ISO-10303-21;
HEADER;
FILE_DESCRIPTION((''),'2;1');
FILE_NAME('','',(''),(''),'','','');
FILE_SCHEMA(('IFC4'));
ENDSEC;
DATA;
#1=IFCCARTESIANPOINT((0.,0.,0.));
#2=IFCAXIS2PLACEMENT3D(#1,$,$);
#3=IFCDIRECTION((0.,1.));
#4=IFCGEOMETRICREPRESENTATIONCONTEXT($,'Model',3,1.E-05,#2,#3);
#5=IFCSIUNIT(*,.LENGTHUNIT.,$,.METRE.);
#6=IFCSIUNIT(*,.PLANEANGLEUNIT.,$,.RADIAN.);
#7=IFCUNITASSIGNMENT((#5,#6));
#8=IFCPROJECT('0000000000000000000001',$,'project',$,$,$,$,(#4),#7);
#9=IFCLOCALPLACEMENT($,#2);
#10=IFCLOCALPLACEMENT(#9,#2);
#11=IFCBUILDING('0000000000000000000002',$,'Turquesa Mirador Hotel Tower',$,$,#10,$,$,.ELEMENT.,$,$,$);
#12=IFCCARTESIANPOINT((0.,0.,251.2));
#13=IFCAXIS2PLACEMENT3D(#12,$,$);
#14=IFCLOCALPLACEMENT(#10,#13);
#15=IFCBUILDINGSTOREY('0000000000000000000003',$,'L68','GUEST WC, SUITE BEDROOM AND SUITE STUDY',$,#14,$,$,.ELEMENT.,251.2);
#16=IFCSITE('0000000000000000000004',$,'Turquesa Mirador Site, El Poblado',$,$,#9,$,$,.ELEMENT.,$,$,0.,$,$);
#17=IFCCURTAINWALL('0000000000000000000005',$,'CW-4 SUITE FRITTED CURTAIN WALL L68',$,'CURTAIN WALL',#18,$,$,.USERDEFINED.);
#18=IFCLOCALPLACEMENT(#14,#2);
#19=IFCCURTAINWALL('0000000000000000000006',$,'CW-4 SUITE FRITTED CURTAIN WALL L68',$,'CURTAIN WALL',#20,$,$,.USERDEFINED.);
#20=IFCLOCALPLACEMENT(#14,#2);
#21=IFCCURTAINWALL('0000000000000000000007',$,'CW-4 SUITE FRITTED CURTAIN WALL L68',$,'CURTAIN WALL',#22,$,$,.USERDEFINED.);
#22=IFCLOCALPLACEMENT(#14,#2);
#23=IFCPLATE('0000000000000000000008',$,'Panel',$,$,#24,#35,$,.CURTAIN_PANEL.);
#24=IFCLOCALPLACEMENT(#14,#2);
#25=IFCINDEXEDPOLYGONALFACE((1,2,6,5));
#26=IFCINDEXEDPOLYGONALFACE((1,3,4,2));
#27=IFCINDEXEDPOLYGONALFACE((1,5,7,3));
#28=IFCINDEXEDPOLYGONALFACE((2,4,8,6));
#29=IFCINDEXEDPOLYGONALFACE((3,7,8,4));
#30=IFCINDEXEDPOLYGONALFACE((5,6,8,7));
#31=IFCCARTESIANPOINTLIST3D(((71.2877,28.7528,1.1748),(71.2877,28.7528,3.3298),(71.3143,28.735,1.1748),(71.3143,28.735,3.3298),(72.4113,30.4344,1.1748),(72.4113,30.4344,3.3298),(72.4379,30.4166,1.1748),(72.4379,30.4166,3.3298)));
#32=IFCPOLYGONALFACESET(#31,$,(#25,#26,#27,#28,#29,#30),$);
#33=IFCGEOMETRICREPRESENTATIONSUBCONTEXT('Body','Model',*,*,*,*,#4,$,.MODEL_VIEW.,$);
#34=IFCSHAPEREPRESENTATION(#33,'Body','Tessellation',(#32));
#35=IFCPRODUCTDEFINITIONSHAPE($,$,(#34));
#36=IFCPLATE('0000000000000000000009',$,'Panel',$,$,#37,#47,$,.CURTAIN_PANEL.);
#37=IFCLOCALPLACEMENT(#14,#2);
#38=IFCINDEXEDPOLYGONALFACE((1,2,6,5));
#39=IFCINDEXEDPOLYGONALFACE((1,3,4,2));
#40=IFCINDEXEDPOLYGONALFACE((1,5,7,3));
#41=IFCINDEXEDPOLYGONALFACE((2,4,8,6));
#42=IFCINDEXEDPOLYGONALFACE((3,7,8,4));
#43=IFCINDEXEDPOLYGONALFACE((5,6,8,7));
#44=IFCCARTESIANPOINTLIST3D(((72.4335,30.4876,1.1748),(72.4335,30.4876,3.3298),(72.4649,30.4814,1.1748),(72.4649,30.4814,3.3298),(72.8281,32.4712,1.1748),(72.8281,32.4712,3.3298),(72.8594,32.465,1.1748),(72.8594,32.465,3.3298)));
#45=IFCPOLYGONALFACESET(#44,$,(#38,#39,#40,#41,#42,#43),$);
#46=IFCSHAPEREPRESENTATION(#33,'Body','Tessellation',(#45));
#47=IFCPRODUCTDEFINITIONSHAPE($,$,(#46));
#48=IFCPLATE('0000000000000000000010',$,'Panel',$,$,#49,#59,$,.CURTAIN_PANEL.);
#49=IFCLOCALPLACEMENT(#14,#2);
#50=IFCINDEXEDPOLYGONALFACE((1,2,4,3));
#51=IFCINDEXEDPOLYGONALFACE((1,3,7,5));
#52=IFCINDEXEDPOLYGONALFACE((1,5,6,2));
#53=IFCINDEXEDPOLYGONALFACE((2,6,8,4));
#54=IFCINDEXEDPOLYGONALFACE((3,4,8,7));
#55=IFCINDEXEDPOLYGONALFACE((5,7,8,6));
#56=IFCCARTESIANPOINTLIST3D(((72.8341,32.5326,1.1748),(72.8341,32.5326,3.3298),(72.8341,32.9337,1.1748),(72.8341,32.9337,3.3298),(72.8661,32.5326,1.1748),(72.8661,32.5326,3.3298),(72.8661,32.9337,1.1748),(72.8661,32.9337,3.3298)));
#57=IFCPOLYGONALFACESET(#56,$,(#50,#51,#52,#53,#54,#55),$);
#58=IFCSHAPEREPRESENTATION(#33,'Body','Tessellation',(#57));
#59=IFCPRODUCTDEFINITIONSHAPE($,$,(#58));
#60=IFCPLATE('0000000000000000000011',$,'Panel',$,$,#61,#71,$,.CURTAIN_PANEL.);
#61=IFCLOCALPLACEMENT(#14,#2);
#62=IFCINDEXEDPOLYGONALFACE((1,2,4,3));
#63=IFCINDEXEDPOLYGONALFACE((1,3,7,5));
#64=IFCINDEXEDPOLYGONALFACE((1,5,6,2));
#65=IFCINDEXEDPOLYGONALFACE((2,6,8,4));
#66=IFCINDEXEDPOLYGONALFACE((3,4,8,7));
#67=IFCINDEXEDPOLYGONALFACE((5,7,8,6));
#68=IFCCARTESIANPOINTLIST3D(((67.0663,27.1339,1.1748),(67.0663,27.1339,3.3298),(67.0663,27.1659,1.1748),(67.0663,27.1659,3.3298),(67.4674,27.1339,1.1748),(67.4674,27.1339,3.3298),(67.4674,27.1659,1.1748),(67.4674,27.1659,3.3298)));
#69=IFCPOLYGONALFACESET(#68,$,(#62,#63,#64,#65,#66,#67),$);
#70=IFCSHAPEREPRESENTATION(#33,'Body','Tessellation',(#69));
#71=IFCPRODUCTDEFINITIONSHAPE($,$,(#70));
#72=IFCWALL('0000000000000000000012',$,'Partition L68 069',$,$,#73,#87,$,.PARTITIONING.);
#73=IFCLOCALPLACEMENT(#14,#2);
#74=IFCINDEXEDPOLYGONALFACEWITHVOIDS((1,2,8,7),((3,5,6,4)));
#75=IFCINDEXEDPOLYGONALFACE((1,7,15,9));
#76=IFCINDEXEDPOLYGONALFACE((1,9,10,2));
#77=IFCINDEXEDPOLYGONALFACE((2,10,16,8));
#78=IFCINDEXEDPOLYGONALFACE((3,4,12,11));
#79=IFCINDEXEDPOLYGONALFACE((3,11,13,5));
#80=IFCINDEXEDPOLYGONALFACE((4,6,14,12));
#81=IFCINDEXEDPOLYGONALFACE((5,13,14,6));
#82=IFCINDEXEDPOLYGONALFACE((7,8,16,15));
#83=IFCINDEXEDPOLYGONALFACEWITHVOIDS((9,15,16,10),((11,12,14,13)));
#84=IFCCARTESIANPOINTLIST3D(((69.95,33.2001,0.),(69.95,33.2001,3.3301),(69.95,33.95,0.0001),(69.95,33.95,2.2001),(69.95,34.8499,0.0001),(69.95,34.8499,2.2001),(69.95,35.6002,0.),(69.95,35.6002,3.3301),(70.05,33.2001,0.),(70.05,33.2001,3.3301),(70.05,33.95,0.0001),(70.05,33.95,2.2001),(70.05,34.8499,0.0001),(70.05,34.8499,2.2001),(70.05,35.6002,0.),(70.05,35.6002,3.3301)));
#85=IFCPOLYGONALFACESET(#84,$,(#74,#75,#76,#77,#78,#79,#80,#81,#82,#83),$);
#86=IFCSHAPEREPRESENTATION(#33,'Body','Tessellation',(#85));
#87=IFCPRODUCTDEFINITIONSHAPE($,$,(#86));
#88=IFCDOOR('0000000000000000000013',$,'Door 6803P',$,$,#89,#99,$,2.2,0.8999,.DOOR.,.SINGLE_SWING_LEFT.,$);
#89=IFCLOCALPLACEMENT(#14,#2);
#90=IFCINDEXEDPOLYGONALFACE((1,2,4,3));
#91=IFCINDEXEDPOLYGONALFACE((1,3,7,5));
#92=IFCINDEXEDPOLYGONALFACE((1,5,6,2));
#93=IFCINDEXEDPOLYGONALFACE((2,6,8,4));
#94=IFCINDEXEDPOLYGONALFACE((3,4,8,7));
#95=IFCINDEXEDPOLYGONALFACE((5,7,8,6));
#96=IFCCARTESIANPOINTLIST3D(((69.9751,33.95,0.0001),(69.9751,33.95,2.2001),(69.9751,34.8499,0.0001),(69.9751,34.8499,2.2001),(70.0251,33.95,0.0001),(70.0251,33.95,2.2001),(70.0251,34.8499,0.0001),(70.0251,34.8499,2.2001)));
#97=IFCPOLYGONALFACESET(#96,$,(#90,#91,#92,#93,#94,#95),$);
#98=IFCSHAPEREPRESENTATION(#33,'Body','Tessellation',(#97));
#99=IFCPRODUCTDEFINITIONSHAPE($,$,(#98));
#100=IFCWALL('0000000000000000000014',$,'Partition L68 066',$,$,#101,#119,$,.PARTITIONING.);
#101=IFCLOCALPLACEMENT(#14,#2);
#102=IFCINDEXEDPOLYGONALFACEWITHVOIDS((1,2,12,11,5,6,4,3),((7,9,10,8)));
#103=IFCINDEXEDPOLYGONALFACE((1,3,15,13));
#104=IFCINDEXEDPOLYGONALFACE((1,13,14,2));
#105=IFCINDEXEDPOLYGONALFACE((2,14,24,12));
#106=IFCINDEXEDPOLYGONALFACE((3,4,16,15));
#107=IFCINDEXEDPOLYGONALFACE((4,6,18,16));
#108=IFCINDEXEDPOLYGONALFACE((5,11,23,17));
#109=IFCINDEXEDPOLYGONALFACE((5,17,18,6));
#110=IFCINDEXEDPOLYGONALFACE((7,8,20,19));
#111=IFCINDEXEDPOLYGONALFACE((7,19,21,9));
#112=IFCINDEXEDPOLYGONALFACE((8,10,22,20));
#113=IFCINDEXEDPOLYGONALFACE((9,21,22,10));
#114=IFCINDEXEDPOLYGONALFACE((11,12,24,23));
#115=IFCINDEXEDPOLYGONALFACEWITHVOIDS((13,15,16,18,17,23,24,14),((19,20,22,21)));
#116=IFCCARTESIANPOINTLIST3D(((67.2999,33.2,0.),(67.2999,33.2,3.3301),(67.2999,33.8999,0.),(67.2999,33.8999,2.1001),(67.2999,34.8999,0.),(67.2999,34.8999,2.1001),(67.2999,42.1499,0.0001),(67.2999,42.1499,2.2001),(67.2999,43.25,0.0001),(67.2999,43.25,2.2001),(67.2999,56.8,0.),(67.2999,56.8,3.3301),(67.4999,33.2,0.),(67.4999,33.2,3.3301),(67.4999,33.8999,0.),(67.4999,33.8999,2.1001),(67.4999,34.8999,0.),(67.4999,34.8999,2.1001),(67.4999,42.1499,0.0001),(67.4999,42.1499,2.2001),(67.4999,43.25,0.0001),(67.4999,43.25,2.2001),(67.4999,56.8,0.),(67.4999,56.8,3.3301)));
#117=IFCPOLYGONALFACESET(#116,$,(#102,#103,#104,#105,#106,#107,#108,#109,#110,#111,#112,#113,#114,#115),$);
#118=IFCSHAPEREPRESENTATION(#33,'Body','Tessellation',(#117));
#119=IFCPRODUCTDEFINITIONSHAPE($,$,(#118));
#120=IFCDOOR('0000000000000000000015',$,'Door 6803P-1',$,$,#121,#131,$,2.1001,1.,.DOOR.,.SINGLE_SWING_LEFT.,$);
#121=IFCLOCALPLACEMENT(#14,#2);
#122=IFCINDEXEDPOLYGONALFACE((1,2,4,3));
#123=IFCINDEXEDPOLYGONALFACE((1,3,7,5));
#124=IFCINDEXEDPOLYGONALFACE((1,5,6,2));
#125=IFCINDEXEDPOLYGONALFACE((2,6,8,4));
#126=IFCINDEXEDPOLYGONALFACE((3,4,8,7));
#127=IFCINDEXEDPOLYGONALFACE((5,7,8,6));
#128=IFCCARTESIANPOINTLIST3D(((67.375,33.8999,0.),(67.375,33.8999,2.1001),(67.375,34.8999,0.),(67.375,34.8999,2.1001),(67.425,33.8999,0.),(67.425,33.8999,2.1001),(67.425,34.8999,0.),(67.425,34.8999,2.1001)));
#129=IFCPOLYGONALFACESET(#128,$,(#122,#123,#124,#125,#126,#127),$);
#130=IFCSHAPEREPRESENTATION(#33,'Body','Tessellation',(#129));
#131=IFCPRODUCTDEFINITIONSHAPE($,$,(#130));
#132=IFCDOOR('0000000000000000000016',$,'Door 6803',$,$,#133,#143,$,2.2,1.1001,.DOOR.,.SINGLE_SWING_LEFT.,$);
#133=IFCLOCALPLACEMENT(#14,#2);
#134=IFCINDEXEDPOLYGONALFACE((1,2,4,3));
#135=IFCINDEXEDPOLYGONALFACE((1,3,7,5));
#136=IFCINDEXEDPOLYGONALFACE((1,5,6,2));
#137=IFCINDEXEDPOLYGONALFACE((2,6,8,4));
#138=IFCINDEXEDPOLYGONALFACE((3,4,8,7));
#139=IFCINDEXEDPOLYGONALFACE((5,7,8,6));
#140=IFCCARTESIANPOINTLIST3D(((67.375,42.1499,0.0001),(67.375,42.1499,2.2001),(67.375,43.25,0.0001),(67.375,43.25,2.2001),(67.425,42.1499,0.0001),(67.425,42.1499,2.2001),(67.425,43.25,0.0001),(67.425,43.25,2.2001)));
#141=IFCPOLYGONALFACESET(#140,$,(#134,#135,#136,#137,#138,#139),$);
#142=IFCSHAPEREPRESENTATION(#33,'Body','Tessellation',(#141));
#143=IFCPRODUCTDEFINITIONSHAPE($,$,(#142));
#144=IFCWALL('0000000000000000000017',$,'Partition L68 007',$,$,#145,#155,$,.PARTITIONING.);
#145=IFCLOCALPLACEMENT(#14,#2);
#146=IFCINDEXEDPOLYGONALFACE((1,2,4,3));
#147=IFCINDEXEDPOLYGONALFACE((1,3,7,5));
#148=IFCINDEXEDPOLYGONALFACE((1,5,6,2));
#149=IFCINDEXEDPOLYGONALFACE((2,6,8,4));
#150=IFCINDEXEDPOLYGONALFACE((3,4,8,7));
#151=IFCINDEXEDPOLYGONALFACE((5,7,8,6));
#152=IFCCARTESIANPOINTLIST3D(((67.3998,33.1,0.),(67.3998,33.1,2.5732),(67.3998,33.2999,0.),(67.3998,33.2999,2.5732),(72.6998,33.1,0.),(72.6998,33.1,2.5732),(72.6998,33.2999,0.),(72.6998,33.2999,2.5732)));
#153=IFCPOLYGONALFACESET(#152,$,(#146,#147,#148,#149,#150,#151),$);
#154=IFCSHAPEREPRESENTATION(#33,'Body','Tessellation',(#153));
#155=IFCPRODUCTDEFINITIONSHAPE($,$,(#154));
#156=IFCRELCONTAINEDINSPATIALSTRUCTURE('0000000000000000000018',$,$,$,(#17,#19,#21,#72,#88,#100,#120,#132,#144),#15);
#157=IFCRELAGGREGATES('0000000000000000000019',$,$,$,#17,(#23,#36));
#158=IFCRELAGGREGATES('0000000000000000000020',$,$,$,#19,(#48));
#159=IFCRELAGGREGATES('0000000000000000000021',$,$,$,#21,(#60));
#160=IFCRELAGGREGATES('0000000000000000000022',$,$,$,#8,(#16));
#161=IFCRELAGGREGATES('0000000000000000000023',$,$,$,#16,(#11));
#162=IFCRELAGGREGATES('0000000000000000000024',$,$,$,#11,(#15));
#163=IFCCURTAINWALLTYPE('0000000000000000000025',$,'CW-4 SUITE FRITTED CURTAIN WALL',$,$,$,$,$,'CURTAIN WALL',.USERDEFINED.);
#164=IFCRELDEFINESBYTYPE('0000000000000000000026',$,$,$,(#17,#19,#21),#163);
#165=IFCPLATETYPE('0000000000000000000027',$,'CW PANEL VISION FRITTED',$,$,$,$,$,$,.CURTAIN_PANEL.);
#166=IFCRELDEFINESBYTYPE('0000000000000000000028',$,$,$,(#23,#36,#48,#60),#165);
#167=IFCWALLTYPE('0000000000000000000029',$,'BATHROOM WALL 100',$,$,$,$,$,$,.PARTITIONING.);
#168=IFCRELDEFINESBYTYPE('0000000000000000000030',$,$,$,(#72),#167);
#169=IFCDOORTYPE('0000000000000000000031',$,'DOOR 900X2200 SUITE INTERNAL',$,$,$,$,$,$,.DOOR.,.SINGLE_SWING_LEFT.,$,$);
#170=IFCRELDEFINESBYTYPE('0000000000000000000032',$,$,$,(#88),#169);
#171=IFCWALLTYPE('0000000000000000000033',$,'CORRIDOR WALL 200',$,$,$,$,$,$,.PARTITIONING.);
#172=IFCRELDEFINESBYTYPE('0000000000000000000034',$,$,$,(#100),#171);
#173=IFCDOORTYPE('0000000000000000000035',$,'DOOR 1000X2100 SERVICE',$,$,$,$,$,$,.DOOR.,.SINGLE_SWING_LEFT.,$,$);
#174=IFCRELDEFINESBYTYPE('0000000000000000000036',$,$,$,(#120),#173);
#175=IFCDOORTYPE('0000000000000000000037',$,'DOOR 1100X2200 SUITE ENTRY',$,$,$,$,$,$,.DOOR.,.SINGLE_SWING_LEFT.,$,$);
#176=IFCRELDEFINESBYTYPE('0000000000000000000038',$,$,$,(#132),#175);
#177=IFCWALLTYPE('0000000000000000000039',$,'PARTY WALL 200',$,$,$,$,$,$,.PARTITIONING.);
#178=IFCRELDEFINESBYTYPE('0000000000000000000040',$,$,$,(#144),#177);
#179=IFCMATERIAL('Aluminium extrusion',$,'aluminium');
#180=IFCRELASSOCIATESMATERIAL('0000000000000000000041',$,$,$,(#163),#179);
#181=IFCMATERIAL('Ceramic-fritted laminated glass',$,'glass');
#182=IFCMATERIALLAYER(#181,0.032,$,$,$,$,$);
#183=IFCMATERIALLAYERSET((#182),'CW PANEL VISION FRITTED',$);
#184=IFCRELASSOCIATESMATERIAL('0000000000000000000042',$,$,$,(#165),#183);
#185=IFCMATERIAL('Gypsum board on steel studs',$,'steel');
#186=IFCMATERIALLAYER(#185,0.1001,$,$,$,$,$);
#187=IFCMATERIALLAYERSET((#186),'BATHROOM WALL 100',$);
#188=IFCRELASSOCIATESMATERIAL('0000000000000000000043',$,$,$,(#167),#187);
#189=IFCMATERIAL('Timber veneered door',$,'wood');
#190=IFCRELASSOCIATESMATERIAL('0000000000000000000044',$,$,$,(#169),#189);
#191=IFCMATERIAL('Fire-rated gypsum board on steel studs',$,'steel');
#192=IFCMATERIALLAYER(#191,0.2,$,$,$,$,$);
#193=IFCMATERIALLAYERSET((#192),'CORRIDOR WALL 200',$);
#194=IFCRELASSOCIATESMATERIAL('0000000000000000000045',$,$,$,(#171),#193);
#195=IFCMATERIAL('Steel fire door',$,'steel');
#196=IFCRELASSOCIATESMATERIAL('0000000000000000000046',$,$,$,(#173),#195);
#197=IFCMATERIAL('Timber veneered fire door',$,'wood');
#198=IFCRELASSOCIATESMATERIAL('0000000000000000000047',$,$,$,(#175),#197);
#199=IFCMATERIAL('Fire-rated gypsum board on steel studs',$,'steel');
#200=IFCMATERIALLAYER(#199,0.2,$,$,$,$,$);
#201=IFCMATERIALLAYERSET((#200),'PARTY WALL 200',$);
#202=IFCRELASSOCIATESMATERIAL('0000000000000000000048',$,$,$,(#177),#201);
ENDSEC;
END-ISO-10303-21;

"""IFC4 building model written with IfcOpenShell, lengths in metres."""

from ifc_helpers import new_model, si_unit, direction, frame, frame_2d, origin, origin_2d, place, context, subcontext, project, spatial, rectangle, extrude, material, layer, layer_set, type_object, element, fill, aggregate, save


model = new_model("IFC4")

# Units and contexts
model_context = context("Model", 3, precision=1e-05, world=origin(), true_north=direction((0.0, 1.0)))
body_context = subcontext(model_context, "Body", "Model", "MODEL_VIEW")
ifc_project = project(units=[si_unit("LENGTHUNIT", "METRE"), si_unit("PLANEANGLEUNIT", "RADIAN")], contexts=[model_context])

# Site, building, storey
site_placement = place(None, origin())
site = spatial("IfcSite", under=ifc_project, at=site_placement, Name="Turquesa Mirador Site, El Poblado", CompositionType="ELEMENT", RefElevation=0.0)
building_placement = place(site_placement, origin())
building = spatial("IfcBuilding", under=site, at=building_placement, Name="Turquesa Mirador Hotel Tower", CompositionType="ELEMENT")
storey_placement = place(building_placement, frame((0.0, 0.0, 251.2)))
storey = spatial("IfcBuildingStorey", under=building, at=storey_placement, Name="L68", Description="GUEST WC, SUITE BEDROOM AND SUITE STUDY", CompositionType="ELEMENT", Elevation=251.2)

# Curtain walls
ifc_material_1 = material(Name="Aluminium extrusion", Category="aluminium")
curtain_wall_type = type_object("IfcCurtainWallType", Name="CW-4 SUITE FRITTED CURTAIN WALL", ElementType="CURTAIN WALL", PredefinedType="USERDEFINED", material=ifc_material_1)
curtain_wall_1_placement = place(storey_placement, origin())
curtain_wall_1 = element("IfcCurtainWall", 1, at=curtain_wall_1_placement, inside=storey, type_object=curtain_wall_type, Name="CW-4 SUITE FRITTED CURTAIN WALL L68", ObjectType="CURTAIN WALL", PredefinedType="USERDEFINED")
curtain_wall_2_placement = place(storey_placement, origin())
curtain_wall_2 = element("IfcCurtainWall", 2, at=curtain_wall_2_placement, inside=storey, type_object=curtain_wall_type, Name="CW-4 SUITE FRITTED CURTAIN WALL L68", ObjectType="CURTAIN WALL", PredefinedType="USERDEFINED")

# Curtain wall
curtain_wall_3_placement = place(storey_placement, origin())
curtain_wall_3 = element("IfcCurtainWall", 3, at=curtain_wall_3_placement, inside=storey, type_object=curtain_wall_type, Name="CW-4 SUITE FRITTED CURTAIN WALL L68", ObjectType="CURTAIN WALL", PredefinedType="USERDEFINED")

# Plates
ifc_material_2 = material(Name="Ceramic-fritted laminated glass", Category="glass")
ifc_layer_1 = layer(ifc_material_2, 0.032)
ifc_layer_set_1 = layer_set([ifc_layer_1], Name="CW PANEL VISION FRITTED")
plate_type_1 = type_object("IfcPlateType", Name="CW PANEL VISION FRITTED", PredefinedType="CURTAIN_PANEL", material=ifc_layer_set_1)
plate_1_placement = place(storey_placement, frame((71.8628, 29.5847, 1.1748), z_axis=(0.0, 0.0, 1.0), x_axis=(0.55557, 0.83147, 0.0)))
plate_1 = element("IfcPlate", 4, at=plate_1_placement, type_object=plate_type_1, Name="Panel", PredefinedType="CURTAIN_PANEL", context=body_context, shape_type="SweptSolid", body=[
    extrude(rectangle(XDim=2.0225, YDim=0.032, at=origin_2d()), origin(), (0.0, 0.0, 1.0), 2.155),
])
plate_2_placement = place(storey_placement, frame((72.6465, 31.4763, 1.1748), z_axis=(0.0, 0.0, 1.0), x_axis=(0.195091, 0.980785, 0.0)))
plate_2 = element("IfcPlate", 5, at=plate_2_placement, type_object=plate_type_1, Name="Panel", PredefinedType="CURTAIN_PANEL", context=body_context, shape_type="SweptSolid", body=[
    extrude(rectangle(XDim=2.0225, YDim=0.032, at=origin_2d()), origin(), (0.0, 0.0, 1.0), 2.155),
])
aggregate(curtain_wall_1, [plate_1, plate_2])
plate_3_placement = place(storey_placement, frame((72.8501, 32.7332, 1.1748), z_axis=(0.0, 0.0, 1.0), x_axis=(0.0, 1.0, 0.0)))
plate_3 = element("IfcPlate", 6, at=plate_3_placement, type_object=plate_type_1, Name="Panel", PredefinedType="CURTAIN_PANEL", context=body_context, shape_type="SweptSolid", body=[
    extrude(rectangle(XDim=0.4011, YDim=0.032, at=origin_2d()), origin(), (0.0, 0.0, 1.0), 2.155),
])
aggregate(curtain_wall_2, [plate_3])
plate_4_placement = place(storey_placement, frame((67.2668, 27.1499, 1.1748), z_axis=(0.0, 0.0, 1.0), x_axis=(1.0, 0.0, 0.0)))
plate_4 = element("IfcPlate", 7, at=plate_4_placement, type_object=plate_type_1, Name="Panel", PredefinedType="CURTAIN_PANEL", context=body_context, shape_type="SweptSolid", body=[
    extrude(rectangle(XDim=0.4011, YDim=0.032, at=origin_2d()), origin(), (0.0, 0.0, 1.0), 2.155),
])
aggregate(curtain_wall_3, [plate_4])

# Wall, opening, door
ifc_material_3 = material(Name="Gypsum board on steel studs", Category="steel")
ifc_layer_2 = layer(ifc_material_3, 0.1001)
ifc_layer_set_2 = layer_set([ifc_layer_2], Name="BATHROOM WALL 100")
wall_type_1 = type_object("IfcWallType", Name="BATHROOM WALL 100", PredefinedType="PARTITIONING", material=ifc_layer_set_2)
wall_1_placement = place(storey_placement, frame((70.0, 33.2, 0.0), z_axis=(0.0, 0.0, 1.0), x_axis=(0.0, 1.0, 0.0)))
wall_1 = element("IfcWall", 8, at=wall_1_placement, inside=storey, type_object=wall_type_1, Name="Partition L68 069", PredefinedType="PARTITIONING", context=body_context, shape_type="SweptSolid", body=[
    extrude(rectangle(XDim=2.4001, YDim=0.1001, at=frame_2d((1.2002, 0.0))), origin(), (0.0, 0.0, 1.0), 3.3301),
])
opening_1_placement = place(wall_1_placement, frame((0.75, 0.0, 0.0)))
opening_1 = element("IfcOpeningElement", 9, at=opening_1_placement, cuts=wall_1, PredefinedType="OPENING", context=body_context, shape_type="SweptSolid", body=[
    extrude(rectangle(XDim=0.8999, YDim=2.2, at=frame_2d((0.45, 1.1001))), frame((0.0, 0.0601, 0.0), z_axis=(0.0, -1.0, 0.0), x_axis=(1.0, 0.0, 0.0)), (0.0, 0.0, 1.0), 0.1201),
])
ifc_material_4 = material(Name="Timber veneered door", Category="wood")
door_type_1 = type_object("IfcDoorType", Name="DOOR 900X2200 SUITE INTERNAL", OperationType="SINGLE_SWING_LEFT", PredefinedType="DOOR", material=ifc_material_4)
door_1_placement = place(opening_1_placement, origin())
door_1 = element("IfcDoor", 10, at=door_1_placement, inside=storey, type_object=door_type_1, Name="Door 6803P", OperationType="SINGLE_SWING_LEFT", OverallHeight=2.2, OverallWidth=0.8999, PredefinedType="DOOR", context=body_context, shape_type="SweptSolid", body=[
    extrude(rectangle(XDim=0.8999, YDim=2.2, at=frame_2d((0.45, 1.1001))), frame((0.0, 0.0249, 0.0), z_axis=(0.0, -1.0, 0.0), x_axis=(1.0, 0.0, 0.0)), (0.0, 0.0, 1.0), 0.05),
])
fill(opening_1, door_1)

# Wall, openings, doors
ifc_material_5 = material(Name="Fire-rated gypsum board on steel studs", Category="steel")
ifc_layer_3 = layer(ifc_material_5, 0.2)
ifc_layer_set_3 = layer_set([ifc_layer_3], Name="CORRIDOR WALL 200")
wall_type_2 = type_object("IfcWallType", Name="CORRIDOR WALL 200", PredefinedType="PARTITIONING", material=ifc_layer_set_3)
wall_2_placement = place(storey_placement, frame((67.3999, 33.2, 0.0), z_axis=(0.0, 0.0, 1.0), x_axis=(0.0, 1.0, 0.0)))
wall_2 = element("IfcWall", 11, at=wall_2_placement, inside=storey, type_object=wall_type_2, Name="Partition L68 066", PredefinedType="PARTITIONING", context=body_context, shape_type="SweptSolid", body=[
    extrude(rectangle(XDim=23.6001, YDim=0.2, at=frame_2d((11.8, 0.0))), origin(), (0.0, 0.0, 1.0), 3.3301),
])
opening_2_placement = place(wall_2_placement, frame((8.95, 0.0, 0.0)))
opening_2 = element("IfcOpeningElement", 12, at=opening_2_placement, cuts=wall_2, PredefinedType="OPENING", context=body_context, shape_type="SweptSolid", body=[
    extrude(rectangle(XDim=1.1001, YDim=2.2, at=frame_2d((0.55, 1.1001))), frame((0.0, 0.1099, 0.0), z_axis=(0.0, -1.0, 0.0), x_axis=(1.0, 0.0, 0.0)), (0.0, 0.0, 1.0), 0.22),
])
opening_3_placement = place(wall_2_placement, frame((0.7, 0.0, 0.0)))
opening_3 = element("IfcOpeningElement", 13, at=opening_3_placement, cuts=wall_2, PredefinedType="OPENING", context=body_context, shape_type="SweptSolid", body=[
    extrude(rectangle(XDim=1.0, YDim=2.1001, at=frame_2d((0.5, 1.05))), frame((0.0, 0.1099, 0.0), z_axis=(0.0, -1.0, 0.0), x_axis=(1.0, 0.0, 0.0)), (0.0, 0.0, 1.0), 0.22),
])
ifc_material_6 = material(Name="Steel fire door", Category="steel")
door_type_2 = type_object("IfcDoorType", Name="DOOR 1000X2100 SERVICE", OperationType="SINGLE_SWING_LEFT", PredefinedType="DOOR", material=ifc_material_6)
door_2_placement = place(opening_3_placement, origin())
door_2 = element("IfcDoor", 14, at=door_2_placement, inside=storey, type_object=door_type_2, Name="Door 6803P-1", OperationType="SINGLE_SWING_LEFT", OverallHeight=2.1001, OverallWidth=1.0, PredefinedType="DOOR", context=body_context, shape_type="SweptSolid", body=[
    extrude(rectangle(XDim=1.0, YDim=2.1001, at=frame_2d((0.5, 1.05))), frame((0.0, 0.0249, 0.0), z_axis=(0.0, -1.0, 0.0), x_axis=(1.0, 0.0, 0.0)), (0.0, 0.0, 1.0), 0.05),
])
fill(opening_3, door_2)
ifc_material_7 = material(Name="Timber veneered fire door", Category="wood")
door_type_3 = type_object("IfcDoorType", Name="DOOR 1100X2200 SUITE ENTRY", OperationType="SINGLE_SWING_LEFT", PredefinedType="DOOR", material=ifc_material_7)
door_3_placement = place(opening_2_placement, origin())
door_3 = element("IfcDoor", 15, at=door_3_placement, inside=storey, type_object=door_type_3, Name="Door 6803", OperationType="SINGLE_SWING_LEFT", OverallHeight=2.2, OverallWidth=1.1001, PredefinedType="DOOR", context=body_context, shape_type="SweptSolid", body=[
    extrude(rectangle(XDim=1.1001, YDim=2.2, at=frame_2d((0.55, 1.1001))), frame((0.0, 0.0249, 0.0), z_axis=(0.0, -1.0, 0.0), x_axis=(1.0, 0.0, 0.0)), (0.0, 0.0, 1.0), 0.05),
])
fill(opening_2, door_3)

# Wall
ifc_material_8 = material(Name="Fire-rated gypsum board on steel studs", Category="steel")
ifc_layer_4 = layer(ifc_material_8, 0.2)
ifc_layer_set_4 = layer_set([ifc_layer_4], Name="PARTY WALL 200")
wall_type_3 = type_object("IfcWallType", Name="PARTY WALL 200", PredefinedType="PARTITIONING", material=ifc_layer_set_4)
wall_3_placement = place(storey_placement, frame((67.3999, 33.2, 0.0), z_axis=(0.0, 0.0, 1.0), x_axis=(1.0, 0.0, 0.0)))
element("IfcWall", 16, at=wall_3_placement, inside=storey, type_object=wall_type_3, Name="Partition L68 007", PredefinedType="PARTITIONING", context=body_context, shape_type="SweptSolid", body=[
    extrude(rectangle(XDim=5.3, YDim=0.2, at=frame_2d((2.6499, 0.0))), origin(), (0.0, 0.0, 1.0), 2.5732),
])

save(model, "model.ifc")
